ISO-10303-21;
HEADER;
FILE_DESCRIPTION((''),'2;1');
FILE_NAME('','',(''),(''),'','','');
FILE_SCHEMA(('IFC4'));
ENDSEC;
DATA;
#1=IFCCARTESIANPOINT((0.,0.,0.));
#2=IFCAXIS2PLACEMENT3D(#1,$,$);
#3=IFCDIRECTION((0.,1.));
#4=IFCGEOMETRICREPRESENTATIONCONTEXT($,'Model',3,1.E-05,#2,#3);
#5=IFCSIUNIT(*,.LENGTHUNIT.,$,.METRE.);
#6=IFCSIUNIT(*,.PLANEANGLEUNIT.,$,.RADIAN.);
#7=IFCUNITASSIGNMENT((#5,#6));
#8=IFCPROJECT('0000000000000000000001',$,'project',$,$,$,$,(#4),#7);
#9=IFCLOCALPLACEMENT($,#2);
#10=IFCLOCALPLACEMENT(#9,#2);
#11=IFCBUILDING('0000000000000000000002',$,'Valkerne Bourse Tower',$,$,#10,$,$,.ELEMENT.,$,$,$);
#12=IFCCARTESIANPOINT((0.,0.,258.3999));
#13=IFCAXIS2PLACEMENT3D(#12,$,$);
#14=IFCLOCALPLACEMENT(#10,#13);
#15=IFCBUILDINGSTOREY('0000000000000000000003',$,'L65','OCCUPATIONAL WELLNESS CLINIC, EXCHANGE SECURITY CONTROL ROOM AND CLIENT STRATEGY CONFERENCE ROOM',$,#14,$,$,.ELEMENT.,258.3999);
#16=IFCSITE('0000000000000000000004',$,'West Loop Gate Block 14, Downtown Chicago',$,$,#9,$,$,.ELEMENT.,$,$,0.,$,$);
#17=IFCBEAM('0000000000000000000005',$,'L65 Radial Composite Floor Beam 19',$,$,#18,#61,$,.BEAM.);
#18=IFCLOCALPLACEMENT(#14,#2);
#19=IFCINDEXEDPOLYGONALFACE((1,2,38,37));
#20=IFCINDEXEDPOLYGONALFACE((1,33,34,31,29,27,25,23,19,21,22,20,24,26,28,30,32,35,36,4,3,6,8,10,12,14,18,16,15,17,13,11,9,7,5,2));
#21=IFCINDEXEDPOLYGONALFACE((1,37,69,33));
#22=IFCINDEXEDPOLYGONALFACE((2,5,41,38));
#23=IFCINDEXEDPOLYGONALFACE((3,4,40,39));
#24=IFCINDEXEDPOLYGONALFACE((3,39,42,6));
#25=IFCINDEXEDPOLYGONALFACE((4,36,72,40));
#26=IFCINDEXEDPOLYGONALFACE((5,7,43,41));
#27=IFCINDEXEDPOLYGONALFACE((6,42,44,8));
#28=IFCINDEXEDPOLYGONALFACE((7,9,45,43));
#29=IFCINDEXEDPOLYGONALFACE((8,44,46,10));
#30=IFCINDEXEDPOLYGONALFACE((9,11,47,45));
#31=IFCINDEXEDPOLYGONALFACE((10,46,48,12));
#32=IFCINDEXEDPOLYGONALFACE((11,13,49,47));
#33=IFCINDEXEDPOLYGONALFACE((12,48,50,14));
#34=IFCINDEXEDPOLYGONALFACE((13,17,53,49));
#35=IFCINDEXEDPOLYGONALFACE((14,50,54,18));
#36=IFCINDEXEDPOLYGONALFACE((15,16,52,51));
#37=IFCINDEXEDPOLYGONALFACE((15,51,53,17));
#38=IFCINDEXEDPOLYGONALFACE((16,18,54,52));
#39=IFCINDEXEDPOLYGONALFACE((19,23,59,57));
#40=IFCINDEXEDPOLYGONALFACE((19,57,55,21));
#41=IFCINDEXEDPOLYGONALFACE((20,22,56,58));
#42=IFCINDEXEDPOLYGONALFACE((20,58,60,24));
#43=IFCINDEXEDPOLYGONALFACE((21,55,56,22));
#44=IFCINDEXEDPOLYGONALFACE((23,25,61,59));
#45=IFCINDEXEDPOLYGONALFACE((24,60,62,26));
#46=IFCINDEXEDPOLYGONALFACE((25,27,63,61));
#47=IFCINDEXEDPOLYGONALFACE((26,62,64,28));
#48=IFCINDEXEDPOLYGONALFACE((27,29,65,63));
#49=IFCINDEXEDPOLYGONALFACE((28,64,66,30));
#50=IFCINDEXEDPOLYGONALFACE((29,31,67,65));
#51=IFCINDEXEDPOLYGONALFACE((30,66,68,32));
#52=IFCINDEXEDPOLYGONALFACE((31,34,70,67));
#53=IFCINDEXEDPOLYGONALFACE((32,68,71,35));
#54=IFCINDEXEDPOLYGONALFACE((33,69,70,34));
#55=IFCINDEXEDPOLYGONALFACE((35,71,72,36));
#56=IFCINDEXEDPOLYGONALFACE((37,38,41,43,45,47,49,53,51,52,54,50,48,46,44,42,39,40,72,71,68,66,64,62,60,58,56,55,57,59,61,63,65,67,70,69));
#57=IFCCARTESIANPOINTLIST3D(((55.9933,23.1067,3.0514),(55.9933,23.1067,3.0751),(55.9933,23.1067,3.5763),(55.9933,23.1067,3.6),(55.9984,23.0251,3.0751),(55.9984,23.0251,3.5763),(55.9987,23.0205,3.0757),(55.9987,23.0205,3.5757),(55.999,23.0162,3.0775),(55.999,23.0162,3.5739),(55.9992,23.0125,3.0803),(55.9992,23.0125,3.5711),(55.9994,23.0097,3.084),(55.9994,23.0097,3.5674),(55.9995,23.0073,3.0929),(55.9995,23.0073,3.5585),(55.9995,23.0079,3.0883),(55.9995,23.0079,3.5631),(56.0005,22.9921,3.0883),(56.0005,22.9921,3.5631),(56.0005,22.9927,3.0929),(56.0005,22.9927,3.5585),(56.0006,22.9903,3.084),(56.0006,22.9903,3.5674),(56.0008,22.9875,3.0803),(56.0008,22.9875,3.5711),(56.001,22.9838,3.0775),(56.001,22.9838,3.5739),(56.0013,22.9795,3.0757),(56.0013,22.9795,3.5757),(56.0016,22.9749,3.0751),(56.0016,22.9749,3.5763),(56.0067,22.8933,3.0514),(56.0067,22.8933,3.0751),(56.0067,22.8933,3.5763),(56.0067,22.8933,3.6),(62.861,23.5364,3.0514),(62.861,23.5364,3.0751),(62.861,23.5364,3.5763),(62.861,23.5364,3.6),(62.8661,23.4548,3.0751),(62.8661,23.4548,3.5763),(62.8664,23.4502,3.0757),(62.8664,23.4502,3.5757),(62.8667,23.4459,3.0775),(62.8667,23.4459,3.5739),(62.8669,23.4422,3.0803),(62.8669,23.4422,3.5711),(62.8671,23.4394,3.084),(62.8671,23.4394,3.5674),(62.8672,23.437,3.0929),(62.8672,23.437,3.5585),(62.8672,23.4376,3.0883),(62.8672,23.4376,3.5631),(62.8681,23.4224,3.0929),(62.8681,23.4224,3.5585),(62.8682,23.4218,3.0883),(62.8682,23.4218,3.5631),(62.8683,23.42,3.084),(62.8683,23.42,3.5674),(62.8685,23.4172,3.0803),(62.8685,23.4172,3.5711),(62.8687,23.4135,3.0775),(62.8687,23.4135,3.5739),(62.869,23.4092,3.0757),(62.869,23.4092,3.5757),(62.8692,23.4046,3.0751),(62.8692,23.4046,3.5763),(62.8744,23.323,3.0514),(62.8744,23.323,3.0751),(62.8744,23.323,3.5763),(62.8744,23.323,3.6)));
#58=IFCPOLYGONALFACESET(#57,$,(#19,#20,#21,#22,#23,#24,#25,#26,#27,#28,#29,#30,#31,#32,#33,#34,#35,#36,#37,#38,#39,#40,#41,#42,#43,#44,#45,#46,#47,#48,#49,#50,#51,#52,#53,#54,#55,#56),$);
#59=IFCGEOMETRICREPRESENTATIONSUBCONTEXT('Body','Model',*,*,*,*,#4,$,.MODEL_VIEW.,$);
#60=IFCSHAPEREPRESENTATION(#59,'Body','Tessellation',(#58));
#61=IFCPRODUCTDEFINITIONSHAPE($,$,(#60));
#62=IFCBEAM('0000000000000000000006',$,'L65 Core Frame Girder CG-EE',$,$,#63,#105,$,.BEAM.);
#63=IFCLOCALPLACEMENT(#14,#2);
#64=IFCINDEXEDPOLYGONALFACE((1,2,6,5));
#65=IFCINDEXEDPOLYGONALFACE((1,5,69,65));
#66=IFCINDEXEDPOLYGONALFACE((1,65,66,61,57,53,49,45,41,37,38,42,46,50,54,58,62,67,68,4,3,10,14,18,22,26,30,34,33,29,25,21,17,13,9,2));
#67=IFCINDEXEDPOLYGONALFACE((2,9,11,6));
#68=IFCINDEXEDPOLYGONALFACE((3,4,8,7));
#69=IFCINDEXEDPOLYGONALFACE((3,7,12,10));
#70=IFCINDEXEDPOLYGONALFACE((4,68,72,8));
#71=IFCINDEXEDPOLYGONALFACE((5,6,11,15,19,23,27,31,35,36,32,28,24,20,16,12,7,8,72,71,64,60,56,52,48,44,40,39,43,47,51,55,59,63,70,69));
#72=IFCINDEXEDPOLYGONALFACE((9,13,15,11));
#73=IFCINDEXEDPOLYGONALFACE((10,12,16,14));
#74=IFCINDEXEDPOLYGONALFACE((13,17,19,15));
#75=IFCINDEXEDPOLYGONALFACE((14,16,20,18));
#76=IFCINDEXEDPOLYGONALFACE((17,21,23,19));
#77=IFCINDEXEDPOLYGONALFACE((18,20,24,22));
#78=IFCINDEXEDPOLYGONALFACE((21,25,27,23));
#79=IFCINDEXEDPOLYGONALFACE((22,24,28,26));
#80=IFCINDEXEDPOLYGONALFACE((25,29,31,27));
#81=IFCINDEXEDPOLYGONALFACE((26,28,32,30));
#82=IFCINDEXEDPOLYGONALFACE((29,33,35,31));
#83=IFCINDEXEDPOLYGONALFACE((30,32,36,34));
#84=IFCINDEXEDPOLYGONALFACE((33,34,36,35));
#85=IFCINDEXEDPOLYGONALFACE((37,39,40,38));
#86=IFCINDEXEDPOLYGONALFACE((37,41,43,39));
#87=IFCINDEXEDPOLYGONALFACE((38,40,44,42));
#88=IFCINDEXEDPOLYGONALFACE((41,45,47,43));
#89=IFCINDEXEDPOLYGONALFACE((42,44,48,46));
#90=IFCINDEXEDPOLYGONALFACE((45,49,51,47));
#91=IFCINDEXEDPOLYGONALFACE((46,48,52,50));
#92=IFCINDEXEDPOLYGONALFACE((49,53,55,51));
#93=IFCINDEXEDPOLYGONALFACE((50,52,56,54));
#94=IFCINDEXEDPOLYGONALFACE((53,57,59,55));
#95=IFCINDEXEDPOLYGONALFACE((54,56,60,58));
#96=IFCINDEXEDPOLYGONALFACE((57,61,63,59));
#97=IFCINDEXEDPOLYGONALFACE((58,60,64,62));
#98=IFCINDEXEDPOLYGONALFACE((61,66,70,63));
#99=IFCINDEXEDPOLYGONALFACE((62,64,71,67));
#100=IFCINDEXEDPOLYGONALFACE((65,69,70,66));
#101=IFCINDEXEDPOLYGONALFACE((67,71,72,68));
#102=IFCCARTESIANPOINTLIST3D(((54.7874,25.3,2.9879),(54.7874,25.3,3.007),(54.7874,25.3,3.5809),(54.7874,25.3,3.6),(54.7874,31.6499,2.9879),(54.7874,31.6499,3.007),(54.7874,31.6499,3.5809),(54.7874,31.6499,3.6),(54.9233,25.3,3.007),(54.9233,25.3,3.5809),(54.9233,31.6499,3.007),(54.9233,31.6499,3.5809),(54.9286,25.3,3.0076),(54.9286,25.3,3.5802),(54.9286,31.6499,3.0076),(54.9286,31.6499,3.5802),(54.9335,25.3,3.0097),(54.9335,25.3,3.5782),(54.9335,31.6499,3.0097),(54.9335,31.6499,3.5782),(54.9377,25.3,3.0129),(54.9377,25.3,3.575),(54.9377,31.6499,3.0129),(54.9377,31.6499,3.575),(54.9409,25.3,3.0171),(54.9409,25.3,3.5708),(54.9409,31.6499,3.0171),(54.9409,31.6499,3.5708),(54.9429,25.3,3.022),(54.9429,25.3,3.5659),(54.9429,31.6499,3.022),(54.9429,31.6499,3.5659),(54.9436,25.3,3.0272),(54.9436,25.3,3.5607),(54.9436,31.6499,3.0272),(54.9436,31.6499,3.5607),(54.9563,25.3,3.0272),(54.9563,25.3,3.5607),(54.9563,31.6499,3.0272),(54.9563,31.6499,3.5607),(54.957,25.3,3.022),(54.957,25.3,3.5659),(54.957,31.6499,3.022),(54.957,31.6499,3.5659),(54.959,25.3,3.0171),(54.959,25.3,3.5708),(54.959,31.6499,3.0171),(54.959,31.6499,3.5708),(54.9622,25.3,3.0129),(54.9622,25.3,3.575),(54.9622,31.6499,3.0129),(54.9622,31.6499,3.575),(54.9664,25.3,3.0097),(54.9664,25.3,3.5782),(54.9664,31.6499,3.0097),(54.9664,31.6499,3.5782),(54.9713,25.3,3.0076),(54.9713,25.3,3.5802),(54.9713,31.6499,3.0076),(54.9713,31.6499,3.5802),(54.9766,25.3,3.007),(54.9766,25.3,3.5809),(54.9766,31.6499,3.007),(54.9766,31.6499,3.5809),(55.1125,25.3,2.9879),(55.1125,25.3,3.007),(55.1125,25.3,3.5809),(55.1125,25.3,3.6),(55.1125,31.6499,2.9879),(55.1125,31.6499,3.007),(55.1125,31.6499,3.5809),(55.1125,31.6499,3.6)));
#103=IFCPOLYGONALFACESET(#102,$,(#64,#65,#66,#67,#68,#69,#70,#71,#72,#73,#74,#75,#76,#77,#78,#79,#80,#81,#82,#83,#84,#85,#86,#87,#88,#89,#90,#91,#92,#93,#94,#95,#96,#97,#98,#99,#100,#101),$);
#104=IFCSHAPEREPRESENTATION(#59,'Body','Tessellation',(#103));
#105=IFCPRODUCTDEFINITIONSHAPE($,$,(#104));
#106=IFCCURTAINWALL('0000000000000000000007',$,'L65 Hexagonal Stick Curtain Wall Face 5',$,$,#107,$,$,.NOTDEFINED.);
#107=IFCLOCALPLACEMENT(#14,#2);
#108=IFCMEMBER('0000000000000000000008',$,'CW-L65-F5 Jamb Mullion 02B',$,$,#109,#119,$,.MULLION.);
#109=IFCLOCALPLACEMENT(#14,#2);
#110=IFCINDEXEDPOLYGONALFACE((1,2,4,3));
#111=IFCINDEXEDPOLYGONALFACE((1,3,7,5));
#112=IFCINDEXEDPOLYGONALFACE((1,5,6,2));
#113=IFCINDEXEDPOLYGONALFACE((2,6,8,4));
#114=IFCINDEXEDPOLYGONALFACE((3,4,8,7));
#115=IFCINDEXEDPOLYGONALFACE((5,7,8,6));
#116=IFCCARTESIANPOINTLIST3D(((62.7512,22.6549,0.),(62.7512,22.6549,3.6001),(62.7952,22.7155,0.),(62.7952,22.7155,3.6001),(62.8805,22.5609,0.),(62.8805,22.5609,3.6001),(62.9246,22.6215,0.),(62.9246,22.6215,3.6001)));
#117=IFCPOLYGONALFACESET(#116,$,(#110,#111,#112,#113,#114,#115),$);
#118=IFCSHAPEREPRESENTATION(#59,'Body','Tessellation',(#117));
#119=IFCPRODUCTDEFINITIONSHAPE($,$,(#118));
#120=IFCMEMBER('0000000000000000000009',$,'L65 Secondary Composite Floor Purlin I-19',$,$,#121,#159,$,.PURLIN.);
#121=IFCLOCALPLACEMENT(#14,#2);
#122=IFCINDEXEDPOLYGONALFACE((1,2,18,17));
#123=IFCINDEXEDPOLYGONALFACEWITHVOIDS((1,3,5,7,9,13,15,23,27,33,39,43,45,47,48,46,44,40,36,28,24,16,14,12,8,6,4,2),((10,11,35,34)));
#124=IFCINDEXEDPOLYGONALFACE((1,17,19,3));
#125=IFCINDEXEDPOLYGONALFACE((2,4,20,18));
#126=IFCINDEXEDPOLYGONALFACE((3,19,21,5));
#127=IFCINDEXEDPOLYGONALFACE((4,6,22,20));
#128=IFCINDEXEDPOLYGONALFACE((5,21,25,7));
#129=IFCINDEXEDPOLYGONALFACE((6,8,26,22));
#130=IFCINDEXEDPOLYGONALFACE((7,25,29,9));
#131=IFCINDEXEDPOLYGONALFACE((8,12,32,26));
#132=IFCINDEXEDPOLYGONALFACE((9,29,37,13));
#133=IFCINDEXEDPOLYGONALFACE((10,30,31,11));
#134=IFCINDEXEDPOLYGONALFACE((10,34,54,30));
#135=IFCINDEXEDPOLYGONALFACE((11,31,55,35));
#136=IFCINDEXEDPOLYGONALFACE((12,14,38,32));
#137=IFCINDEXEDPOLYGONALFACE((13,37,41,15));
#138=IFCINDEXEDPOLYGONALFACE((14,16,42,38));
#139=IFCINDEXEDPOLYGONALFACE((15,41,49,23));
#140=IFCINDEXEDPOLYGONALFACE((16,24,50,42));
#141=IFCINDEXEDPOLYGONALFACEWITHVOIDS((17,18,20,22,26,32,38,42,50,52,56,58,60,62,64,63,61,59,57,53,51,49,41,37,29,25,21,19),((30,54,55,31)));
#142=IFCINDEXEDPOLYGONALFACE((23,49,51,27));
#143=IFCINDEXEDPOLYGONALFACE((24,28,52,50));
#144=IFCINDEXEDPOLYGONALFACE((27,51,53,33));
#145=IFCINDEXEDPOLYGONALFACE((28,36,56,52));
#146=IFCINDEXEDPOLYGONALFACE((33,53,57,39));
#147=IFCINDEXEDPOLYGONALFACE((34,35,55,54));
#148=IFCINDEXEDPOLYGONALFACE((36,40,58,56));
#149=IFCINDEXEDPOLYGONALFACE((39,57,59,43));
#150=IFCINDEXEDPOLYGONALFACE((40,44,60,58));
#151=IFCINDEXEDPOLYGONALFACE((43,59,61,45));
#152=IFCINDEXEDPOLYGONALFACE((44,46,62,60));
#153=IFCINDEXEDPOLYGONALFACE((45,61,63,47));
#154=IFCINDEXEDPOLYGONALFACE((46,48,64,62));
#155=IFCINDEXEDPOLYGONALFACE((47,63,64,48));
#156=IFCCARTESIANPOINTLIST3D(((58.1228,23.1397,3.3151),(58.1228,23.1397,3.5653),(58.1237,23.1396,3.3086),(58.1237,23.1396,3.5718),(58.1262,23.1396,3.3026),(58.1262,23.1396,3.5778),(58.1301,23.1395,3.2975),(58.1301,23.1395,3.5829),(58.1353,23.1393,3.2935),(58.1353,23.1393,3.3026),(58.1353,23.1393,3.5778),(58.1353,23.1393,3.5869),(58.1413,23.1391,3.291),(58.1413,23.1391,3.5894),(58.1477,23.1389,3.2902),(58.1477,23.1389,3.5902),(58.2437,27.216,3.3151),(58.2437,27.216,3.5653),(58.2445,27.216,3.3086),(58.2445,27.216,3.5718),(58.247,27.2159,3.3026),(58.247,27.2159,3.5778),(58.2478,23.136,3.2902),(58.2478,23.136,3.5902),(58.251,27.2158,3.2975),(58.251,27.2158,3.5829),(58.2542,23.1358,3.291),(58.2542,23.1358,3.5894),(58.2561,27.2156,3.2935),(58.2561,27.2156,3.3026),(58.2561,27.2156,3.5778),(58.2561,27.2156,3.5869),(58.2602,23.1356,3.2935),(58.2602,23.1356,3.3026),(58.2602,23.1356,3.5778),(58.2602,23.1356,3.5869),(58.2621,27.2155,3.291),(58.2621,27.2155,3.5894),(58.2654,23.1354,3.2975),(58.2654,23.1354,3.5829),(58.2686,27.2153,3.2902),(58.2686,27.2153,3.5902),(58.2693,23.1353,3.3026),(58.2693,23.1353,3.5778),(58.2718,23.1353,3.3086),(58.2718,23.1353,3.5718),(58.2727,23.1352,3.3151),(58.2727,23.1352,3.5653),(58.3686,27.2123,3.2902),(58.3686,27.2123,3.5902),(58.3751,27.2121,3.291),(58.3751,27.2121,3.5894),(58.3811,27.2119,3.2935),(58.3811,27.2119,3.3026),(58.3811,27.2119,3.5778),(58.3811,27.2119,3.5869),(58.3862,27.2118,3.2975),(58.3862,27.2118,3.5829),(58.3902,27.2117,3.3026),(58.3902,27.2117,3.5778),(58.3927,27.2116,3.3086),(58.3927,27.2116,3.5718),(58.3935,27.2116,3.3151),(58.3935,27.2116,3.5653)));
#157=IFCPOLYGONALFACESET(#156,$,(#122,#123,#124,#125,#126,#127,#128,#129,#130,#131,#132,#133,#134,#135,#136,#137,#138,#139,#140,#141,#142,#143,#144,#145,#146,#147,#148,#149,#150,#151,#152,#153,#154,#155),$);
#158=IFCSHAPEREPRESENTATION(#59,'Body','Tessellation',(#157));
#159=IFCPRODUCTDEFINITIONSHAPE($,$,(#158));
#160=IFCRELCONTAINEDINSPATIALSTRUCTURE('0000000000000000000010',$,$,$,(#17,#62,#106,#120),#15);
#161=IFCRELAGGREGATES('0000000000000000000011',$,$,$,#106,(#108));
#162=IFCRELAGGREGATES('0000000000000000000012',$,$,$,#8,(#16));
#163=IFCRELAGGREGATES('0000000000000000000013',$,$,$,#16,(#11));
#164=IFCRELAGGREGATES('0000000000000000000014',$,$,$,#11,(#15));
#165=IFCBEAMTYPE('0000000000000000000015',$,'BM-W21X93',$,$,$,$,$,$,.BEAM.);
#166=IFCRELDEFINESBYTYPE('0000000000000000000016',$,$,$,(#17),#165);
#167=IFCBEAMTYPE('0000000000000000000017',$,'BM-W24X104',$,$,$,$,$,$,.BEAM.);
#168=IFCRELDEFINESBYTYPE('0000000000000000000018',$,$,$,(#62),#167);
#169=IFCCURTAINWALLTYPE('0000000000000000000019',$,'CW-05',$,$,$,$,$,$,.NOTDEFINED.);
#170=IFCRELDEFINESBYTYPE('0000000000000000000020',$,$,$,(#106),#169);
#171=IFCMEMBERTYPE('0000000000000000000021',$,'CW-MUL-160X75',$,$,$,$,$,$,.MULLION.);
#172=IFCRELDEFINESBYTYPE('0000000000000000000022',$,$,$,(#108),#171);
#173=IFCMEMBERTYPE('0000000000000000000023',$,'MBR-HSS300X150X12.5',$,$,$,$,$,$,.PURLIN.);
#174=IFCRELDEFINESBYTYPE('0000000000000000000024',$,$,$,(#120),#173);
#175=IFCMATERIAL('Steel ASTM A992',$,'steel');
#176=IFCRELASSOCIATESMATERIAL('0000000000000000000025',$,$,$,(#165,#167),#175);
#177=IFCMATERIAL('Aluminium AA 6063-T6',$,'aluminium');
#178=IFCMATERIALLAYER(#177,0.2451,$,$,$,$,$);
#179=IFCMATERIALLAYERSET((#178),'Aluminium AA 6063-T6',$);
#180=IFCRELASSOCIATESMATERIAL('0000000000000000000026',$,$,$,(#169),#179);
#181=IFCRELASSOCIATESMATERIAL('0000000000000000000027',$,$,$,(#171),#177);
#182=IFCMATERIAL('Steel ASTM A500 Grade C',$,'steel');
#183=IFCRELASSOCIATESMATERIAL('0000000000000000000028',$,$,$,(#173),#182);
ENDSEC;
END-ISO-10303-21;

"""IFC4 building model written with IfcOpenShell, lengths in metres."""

from ifc_helpers import new_model, si_unit, direction, frame, origin, origin_2d, place, context, subcontext, project, spatial, rectangle, hollow_rectangle, i_section, extrude, material, layer, layer_set, material_profile, profile_set, type_object, element, aggregate, save


model = new_model("IFC4")

# Units and contexts
model_context = context("Model", 3, precision=1e-05, world=origin(), true_north=direction((0.0, 1.0)))
body_context = subcontext(model_context, "Body", "Model", "MODEL_VIEW")
ifc_project = project(units=[si_unit("LENGTHUNIT", "METRE"), si_unit("PLANEANGLEUNIT", "RADIAN")], contexts=[model_context])

# Site, building, storey
site_placement = place(None, origin())
site = spatial("IfcSite", under=ifc_project, at=site_placement, Name="West Loop Gate Block 14, Downtown Chicago", CompositionType="ELEMENT", RefElevation=0.0)
building_placement = place(site_placement, origin())
building = spatial("IfcBuilding", under=site, at=building_placement, Name="Valkerne Bourse Tower", CompositionType="ELEMENT")
storey_placement = place(building_placement, frame((0.0, 0.0, 258.3999)))
storey = spatial("IfcBuildingStorey", under=building, at=storey_placement, Name="L65", Description="OCCUPATIONAL WELLNESS CLINIC, EXCHANGE SECURITY CONTROL ROOM AND CLIENT STRATEGY CONFERENCE ROOM", CompositionType="ELEMENT", Elevation=258.3999)

# Shared definitions
ifc_material_1 = material(Name="Steel ASTM A500 Grade C", Category="steel")

# Beams
ifc_material_2 = material(Name="Steel ASTM A992", Category="steel")
ifc_material_profile_1 = material_profile(ifc_material_2, i_section(OverallWidth=0.2139, OverallDepth=0.5486, WebThickness=0.0146, FlangeThickness=0.0237, FilletRadius=0.0178, at=origin_2d()), Name="W21X93")
ifc_profile_set_1 = profile_set([ifc_material_profile_1], Name="Steel ASTM A992")
beam_type_1 = type_object("IfcBeamType", Name="BM-W21X93", PredefinedType="BEAM", material=ifc_profile_set_1)
beam_1_placement = place(storey_placement, frame((62.8677, 23.4297, 3.3257), z_axis=(-0.998048, -0.062445, 0.0), x_axis=(0.062445, -0.998048, 0.0)))
element("IfcBeam", 1, at=beam_1_placement, inside=storey, type_object=beam_type_1, Name="L65 Radial Composite Floor Beam 19", PredefinedType="BEAM", context=body_context, shape_type="SweptSolid", body=[
    extrude(i_section(OverallWidth=0.2139, OverallDepth=0.5486, WebThickness=0.0146, FlangeThickness=0.0237, FilletRadius=0.0178, at=origin_2d()), origin(), (0.0, 0.0, 1.0), 6.8811),
])
ifc_material_profile_2 = material_profile(ifc_material_2, i_section(OverallWidth=0.3252, OverallDepth=0.6121, WebThickness=0.0127, FlangeThickness=0.019, FilletRadius=0.0203, at=origin_2d()), Name="W24X104")
ifc_profile_set_2 = profile_set([ifc_material_profile_2], Name="Steel ASTM A992")
beam_type_2 = type_object("IfcBeamType", Name="BM-W24X104", PredefinedType="BEAM", material=ifc_profile_set_2)
beam_2_placement = place(storey_placement, frame((54.95, 25.3, 3.2939), z_axis=(0.0, 1.0, 0.0), x_axis=(-1.0, 0.0, 0.0)))
element("IfcBeam", 2, at=beam_2_placement, inside=storey, type_object=beam_type_2, Name="L65 Core Frame Girder CG-EE", PredefinedType="BEAM", context=body_context, shape_type="SweptSolid", body=[
    extrude(i_section(OverallWidth=0.3252, OverallDepth=0.6121, WebThickness=0.0127, FlangeThickness=0.019, FilletRadius=0.0203, at=origin_2d()), origin(), (0.0, 0.0, 1.0), 6.3499),
])

# Curtain wall, member
ifc_material_3 = material(Name="Aluminium AA 6063-T6", Category="aluminium")
ifc_layer_1 = layer(ifc_material_3, 0.2451)
ifc_layer_set_1 = layer_set([ifc_layer_1], Name="Aluminium AA 6063-T6")
curtain_wall_type = type_object("IfcCurtainWallType", Name="CW-05", PredefinedType="NOTDEFINED", material=ifc_layer_set_1)
curtain_wall_placement = place(storey_placement, origin())
curtain_wall = element("IfcCurtainWall", 3, at=curtain_wall_placement, inside=storey, type_object=curtain_wall_type, Name="L65 Hexagonal Stick Curtain Wall Face 5", PredefinedType="NOTDEFINED")
ifc_material_profile_3 = material_profile(ifc_material_3, rectangle(XDim=0.075, YDim=0.1599, at=origin_2d()), Name="CWM-75X160")
ifc_profile_set_3 = profile_set([ifc_material_profile_3], Name="Aluminium AA 6063-T6")
member_type_1 = type_object("IfcMemberType", Name="CW-MUL-160X75", PredefinedType="MULLION", material=ifc_profile_set_3)
member_1_placement = place(storey_placement, frame((62.8379, 22.6382, 0.0), z_axis=(0.0, 0.0, 1.0), x_axis=(0.58779, 0.809013, 0.0)))
member_1 = element("IfcMember", 4, at=member_1_placement, type_object=member_type_1, Name="CW-L65-F5 Jamb Mullion 02B", PredefinedType="MULLION", context=body_context, shape_type="SweptSolid", body=[
    extrude(rectangle(XDim=0.075, YDim=0.1599, at=origin_2d()), origin(), (0.0, 0.0, 1.0), 3.6001),
])

# Member
ifc_material_profile_4 = material_profile(ifc_material_1, hollow_rectangle(XDim=0.1499, YDim=0.3, WallThickness=0.0125, OuterFilletRadius=0.0249, at=origin_2d()), Name="HSS300X150X12.5")
ifc_profile_set_4 = profile_set([ifc_material_profile_4], Name="Steel ASTM A500 Grade C")
member_type_2 = type_object("IfcMemberType", Name="MBR-HSS300X150X12.5", PredefinedType="PURLIN", material=ifc_profile_set_4)
member_2_placement = place(storey_placement, frame((58.1978, 23.1375, 3.4402), z_axis=(0.029633, 0.999561, 0.0), x_axis=(-0.999561, 0.029633, 0.0)))
element("IfcMember", 5, at=member_2_placement, inside=storey, type_object=member_type_2, Name="L65 Secondary Composite Floor Purlin I-19", PredefinedType="PURLIN", context=body_context, shape_type="SweptSolid", body=[
    extrude(hollow_rectangle(XDim=0.1499, YDim=0.3, WallThickness=0.0125, OuterFilletRadius=0.0249, at=origin_2d()), origin(), (0.0, 0.0, 1.0), 4.0781),
])

aggregate(curtain_wall, [member_1])

save(model, "model.ifc")
